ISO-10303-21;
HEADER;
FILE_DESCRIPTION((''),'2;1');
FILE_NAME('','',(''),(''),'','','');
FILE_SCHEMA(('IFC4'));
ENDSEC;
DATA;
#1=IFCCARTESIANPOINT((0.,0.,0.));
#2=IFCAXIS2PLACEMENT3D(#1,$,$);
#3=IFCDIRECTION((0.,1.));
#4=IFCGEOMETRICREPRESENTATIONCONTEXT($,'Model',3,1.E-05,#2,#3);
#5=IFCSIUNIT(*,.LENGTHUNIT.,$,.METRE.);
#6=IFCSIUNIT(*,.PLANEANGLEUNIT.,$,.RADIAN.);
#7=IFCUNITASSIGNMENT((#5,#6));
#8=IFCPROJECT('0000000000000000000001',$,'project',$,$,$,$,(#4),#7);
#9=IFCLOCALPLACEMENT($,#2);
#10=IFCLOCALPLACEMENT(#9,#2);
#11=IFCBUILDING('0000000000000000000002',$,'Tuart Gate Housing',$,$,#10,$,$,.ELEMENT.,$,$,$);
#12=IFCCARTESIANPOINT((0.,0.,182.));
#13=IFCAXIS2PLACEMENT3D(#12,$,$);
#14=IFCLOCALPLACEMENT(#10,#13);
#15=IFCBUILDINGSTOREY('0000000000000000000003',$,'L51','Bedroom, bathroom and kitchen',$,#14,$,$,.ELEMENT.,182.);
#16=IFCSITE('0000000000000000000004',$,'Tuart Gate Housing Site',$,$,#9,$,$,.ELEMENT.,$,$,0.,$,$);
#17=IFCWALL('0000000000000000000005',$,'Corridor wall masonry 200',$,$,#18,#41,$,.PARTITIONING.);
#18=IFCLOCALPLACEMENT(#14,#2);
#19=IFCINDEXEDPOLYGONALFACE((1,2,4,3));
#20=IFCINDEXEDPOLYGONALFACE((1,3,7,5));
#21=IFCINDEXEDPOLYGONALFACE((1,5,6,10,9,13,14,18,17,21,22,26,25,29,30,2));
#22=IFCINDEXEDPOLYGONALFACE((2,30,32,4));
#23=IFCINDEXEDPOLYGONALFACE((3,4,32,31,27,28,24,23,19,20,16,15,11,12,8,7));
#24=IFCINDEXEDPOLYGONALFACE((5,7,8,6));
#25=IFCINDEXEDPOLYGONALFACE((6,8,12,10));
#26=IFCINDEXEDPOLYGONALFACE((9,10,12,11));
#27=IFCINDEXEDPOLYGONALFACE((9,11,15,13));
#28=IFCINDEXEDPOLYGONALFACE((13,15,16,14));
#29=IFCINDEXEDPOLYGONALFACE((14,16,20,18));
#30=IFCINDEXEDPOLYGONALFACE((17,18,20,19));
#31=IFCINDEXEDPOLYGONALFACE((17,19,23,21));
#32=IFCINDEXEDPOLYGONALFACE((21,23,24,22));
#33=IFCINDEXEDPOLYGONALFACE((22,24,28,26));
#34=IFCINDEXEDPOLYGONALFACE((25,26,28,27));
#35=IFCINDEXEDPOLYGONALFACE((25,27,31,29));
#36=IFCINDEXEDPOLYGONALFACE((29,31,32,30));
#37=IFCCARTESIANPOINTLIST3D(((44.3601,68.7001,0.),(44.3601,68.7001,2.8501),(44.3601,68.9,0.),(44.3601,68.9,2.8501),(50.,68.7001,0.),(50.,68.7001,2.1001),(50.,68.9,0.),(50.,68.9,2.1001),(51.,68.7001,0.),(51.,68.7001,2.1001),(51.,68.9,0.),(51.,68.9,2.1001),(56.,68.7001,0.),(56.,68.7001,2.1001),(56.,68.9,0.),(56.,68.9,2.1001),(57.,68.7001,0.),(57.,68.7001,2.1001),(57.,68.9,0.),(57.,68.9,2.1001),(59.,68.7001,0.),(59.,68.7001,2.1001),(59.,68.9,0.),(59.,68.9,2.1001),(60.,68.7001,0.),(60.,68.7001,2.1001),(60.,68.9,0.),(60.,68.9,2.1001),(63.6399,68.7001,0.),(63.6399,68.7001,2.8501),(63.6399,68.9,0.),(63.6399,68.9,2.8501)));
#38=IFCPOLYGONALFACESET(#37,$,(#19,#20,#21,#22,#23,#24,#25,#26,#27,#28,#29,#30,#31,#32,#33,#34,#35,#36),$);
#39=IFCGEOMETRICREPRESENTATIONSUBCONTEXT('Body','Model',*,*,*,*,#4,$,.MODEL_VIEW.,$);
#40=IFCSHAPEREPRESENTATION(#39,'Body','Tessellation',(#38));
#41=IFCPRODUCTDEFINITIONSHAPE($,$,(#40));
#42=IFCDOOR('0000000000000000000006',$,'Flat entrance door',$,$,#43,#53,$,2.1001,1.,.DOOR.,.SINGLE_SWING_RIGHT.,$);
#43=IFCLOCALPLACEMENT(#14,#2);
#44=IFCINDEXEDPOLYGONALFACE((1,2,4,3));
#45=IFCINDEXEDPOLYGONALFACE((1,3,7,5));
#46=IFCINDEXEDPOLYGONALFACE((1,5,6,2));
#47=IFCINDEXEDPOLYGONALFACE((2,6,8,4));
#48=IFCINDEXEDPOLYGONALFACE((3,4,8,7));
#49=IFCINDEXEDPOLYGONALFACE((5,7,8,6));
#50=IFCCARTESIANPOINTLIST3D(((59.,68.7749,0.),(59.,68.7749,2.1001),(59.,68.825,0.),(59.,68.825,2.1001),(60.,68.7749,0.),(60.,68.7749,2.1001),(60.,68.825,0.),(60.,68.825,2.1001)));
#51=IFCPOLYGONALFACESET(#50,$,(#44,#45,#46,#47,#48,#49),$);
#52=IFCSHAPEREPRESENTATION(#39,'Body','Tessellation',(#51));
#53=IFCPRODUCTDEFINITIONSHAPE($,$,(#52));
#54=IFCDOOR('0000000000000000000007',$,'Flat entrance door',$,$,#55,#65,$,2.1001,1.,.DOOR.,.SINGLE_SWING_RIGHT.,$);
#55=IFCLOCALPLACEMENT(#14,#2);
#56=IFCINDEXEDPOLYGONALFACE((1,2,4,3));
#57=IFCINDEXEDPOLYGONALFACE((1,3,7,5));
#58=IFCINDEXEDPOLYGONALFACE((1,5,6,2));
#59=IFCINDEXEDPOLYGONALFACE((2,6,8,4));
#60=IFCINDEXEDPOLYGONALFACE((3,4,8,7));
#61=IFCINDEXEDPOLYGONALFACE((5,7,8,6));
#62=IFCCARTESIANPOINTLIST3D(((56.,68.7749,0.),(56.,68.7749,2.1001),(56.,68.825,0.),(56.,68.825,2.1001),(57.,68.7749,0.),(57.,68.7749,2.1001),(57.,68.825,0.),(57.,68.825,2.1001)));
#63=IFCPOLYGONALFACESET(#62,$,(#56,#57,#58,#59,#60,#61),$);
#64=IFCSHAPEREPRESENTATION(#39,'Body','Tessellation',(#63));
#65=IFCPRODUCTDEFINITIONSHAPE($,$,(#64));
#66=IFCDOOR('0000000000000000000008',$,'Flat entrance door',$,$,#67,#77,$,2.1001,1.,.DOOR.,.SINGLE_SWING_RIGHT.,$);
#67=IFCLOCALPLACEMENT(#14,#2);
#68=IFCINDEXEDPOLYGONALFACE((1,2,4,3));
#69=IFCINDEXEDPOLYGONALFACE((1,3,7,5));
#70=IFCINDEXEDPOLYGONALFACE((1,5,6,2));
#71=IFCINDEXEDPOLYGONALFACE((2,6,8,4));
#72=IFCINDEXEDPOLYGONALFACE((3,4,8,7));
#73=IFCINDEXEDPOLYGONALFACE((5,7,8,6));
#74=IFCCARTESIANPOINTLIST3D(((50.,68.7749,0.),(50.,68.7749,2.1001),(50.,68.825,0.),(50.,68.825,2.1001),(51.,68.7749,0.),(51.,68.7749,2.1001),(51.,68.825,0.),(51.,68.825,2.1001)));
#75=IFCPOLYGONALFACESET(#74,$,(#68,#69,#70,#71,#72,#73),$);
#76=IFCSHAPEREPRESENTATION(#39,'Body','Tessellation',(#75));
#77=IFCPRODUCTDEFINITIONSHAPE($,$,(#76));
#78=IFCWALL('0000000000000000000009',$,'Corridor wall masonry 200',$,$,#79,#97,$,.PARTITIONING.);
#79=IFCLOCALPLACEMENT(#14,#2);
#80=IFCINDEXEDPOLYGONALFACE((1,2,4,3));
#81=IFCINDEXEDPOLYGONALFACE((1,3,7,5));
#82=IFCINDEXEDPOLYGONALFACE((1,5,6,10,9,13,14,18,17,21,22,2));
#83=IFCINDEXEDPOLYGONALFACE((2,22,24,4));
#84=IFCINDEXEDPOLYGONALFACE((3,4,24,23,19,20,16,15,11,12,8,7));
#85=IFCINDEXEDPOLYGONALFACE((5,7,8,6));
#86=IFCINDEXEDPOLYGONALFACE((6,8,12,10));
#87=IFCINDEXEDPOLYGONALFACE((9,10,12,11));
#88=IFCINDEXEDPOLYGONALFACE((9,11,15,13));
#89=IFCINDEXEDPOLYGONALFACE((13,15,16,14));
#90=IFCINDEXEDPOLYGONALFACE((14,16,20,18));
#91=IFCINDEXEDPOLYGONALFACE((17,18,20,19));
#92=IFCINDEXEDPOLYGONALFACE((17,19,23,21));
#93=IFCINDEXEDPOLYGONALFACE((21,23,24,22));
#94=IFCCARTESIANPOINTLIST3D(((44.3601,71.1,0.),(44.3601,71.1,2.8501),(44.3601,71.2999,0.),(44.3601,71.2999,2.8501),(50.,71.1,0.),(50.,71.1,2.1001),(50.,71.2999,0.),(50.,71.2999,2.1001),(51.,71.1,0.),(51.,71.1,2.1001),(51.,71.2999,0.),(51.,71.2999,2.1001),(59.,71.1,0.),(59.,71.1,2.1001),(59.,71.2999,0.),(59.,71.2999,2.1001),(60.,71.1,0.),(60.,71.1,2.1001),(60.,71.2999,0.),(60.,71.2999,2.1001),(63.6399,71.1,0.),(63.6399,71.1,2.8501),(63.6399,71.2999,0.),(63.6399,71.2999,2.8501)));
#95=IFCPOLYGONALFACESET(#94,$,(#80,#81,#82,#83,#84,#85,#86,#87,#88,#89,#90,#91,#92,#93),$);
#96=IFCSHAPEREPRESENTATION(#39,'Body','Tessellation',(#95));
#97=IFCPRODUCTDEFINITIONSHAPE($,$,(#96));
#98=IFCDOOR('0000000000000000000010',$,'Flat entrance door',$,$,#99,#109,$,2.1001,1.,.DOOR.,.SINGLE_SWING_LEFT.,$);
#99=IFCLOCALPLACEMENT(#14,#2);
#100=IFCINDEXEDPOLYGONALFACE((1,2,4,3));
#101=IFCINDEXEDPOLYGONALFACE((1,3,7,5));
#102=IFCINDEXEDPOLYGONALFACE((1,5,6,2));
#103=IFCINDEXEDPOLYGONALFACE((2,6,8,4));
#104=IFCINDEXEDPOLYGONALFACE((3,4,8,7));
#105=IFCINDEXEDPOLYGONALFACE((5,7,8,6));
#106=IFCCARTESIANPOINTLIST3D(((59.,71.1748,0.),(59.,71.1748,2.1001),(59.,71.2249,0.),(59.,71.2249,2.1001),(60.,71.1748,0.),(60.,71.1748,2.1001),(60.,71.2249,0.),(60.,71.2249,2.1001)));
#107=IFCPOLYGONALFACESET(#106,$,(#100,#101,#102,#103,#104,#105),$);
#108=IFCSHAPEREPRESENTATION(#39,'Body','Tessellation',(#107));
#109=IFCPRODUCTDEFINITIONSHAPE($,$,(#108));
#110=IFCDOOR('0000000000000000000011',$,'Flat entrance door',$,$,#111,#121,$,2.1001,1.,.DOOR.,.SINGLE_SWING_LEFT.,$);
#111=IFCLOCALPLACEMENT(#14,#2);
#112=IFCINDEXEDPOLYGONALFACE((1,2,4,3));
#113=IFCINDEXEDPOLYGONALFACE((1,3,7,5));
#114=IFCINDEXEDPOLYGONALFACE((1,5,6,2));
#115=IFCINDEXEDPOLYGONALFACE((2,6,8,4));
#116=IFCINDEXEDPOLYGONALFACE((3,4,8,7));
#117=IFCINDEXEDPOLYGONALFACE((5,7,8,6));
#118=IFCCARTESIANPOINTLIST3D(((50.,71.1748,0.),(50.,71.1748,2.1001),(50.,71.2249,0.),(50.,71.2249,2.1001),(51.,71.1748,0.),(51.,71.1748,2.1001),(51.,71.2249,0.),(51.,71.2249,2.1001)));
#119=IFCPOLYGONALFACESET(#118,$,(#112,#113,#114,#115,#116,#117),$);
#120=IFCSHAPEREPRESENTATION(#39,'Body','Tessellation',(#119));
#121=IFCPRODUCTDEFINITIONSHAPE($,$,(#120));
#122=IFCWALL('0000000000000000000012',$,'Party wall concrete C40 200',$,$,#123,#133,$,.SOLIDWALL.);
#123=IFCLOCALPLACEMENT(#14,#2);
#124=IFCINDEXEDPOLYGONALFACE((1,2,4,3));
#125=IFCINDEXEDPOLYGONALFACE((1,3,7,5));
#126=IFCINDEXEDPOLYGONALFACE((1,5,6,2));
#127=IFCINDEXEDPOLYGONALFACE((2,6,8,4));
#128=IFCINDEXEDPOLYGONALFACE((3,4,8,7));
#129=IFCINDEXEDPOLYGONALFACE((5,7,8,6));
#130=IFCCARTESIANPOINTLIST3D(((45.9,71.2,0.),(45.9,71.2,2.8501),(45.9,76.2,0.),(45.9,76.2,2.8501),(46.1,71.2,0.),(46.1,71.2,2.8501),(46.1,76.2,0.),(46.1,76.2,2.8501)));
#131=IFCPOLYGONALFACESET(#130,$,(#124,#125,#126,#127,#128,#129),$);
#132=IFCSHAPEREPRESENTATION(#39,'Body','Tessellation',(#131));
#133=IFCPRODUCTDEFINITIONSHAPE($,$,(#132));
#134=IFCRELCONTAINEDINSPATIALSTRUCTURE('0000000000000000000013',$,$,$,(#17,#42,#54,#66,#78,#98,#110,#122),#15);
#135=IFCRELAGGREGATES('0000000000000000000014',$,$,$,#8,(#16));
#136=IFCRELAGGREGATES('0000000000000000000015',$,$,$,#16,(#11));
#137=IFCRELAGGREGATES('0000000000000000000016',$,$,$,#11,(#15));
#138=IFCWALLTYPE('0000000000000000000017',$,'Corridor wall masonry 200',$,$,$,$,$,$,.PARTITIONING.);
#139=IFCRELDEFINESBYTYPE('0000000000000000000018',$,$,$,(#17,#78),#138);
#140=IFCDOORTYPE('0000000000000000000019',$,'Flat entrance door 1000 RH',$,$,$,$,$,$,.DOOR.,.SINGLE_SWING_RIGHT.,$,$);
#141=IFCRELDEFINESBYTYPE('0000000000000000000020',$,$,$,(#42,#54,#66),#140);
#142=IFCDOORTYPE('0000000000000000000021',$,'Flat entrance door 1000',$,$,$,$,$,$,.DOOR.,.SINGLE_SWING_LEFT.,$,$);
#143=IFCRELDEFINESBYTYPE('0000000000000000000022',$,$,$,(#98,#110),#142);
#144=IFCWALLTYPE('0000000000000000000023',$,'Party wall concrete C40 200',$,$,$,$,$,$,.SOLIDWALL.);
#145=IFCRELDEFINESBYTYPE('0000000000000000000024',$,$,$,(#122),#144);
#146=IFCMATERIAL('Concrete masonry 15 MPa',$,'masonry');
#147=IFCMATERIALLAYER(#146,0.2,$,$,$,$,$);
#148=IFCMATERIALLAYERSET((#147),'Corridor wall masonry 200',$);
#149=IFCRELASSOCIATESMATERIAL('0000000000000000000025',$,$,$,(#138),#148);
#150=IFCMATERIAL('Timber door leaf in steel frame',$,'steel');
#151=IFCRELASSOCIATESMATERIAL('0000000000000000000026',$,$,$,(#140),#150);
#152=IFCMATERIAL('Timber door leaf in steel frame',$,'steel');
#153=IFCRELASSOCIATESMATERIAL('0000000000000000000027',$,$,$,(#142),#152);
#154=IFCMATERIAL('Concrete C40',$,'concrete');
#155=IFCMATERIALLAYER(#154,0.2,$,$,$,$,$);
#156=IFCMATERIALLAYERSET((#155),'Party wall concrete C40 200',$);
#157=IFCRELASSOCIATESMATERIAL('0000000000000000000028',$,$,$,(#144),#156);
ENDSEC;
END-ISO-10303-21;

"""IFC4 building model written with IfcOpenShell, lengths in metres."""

from ifc_helpers import new_model, si_unit, direction, frame, frame_2d, origin, place, context, subcontext, project, spatial, rectangle, extrude, material, layer, layer_set, type_object, element, fill, save


model = new_model("IFC4")

# Units and contexts
model_context = context("Model", 3, precision=1e-05, world=origin(), true_north=direction((0.0, 1.0)))
body_context = subcontext(model_context, "Body", "Model", "MODEL_VIEW")
ifc_project = project(units=[si_unit("LENGTHUNIT", "METRE"), si_unit("PLANEANGLEUNIT", "RADIAN")], contexts=[model_context])

# Site, building, storey
site_placement = place(None, origin())
site = spatial("IfcSite", under=ifc_project, at=site_placement, Name="Tuart Gate Housing Site", CompositionType="ELEMENT", RefElevation=0.0)
building_placement = place(site_placement, origin())
building = spatial("IfcBuilding", under=site, at=building_placement, Name="Tuart Gate Housing", CompositionType="ELEMENT")
storey_placement = place(building_placement, frame((0.0, 0.0, 182.0)))
storey = spatial("IfcBuildingStorey", under=building, at=storey_placement, Name="L51", Description="Bedroom, bathroom and kitchen", CompositionType="ELEMENT", Elevation=182.0)

# Walls, openings, doors
ifc_material_1 = material(Name="Concrete masonry 15 MPa", Category="masonry")
ifc_layer_1 = layer(ifc_material_1, 0.2)
ifc_layer_set_1 = layer_set([ifc_layer_1], Name="Corridor wall masonry 200")
wall_type_1 = type_object("IfcWallType", Name="Corridor wall masonry 200", PredefinedType="PARTITIONING", material=ifc_layer_set_1)
wall_1_placement = place(storey_placement, frame((44.3601, 68.8, 0.0), z_axis=(0.0, 0.0, 1.0), x_axis=(1.0, 0.0, 0.0)))
wall_1 = element("IfcWall", 1, at=wall_1_placement, inside=storey, type_object=wall_type_1, Name="Corridor wall masonry 200", PredefinedType="PARTITIONING", context=body_context, shape_type="SweptSolid", body=[
    extrude(rectangle(XDim=19.2798, YDim=0.2, at=frame_2d((9.6399, 0.0))), origin(), (0.0, 0.0, 1.0), 2.8501),
])
opening_1_placement = place(wall_1_placement, frame((14.6399, 0.0, 0.0)))
opening_1 = element("IfcOpeningElement", 2, at=opening_1_placement, cuts=wall_1, PredefinedType="OPENING", context=body_context, shape_type="SweptSolid", body=[
    extrude(rectangle(XDim=1.0, YDim=2.1001, at=frame_2d((0.5, 1.05))), frame((0.0, 0.1099, 0.0), z_axis=(0.0, -1.0, 0.0), x_axis=(1.0, 0.0, 0.0)), (0.0, 0.0, 1.0), 0.22),
])
opening_2_placement = place(wall_1_placement, frame((11.6399, 0.0, 0.0)))
opening_2 = element("IfcOpeningElement", 3, at=opening_2_placement, cuts=wall_1, PredefinedType="OPENING", context=body_context, shape_type="SweptSolid", body=[
    extrude(rectangle(XDim=1.0, YDim=2.1001, at=frame_2d((0.5, 1.05))), frame((0.0, 0.1099, 0.0), z_axis=(0.0, -1.0, 0.0), x_axis=(1.0, 0.0, 0.0)), (0.0, 0.0, 1.0), 0.22),
])
opening_3_placement = place(wall_1_placement, frame((5.6399, 0.0, 0.0)))
opening_3 = element("IfcOpeningElement", 4, at=opening_3_placement, cuts=wall_1, PredefinedType="OPENING", context=body_context, shape_type="SweptSolid", body=[
    extrude(rectangle(XDim=1.0, YDim=2.1001, at=frame_2d((0.5, 1.05))), frame((0.0, 0.1099, 0.0), z_axis=(0.0, -1.0, 0.0), x_axis=(1.0, 0.0, 0.0)), (0.0, 0.0, 1.0), 0.22),
])
ifc_material_2 = material(Name="Timber door leaf in steel frame", Category="steel")
door_type_1 = type_object("IfcDoorType", Name="Flat entrance door 1000 RH", OperationType="SINGLE_SWING_RIGHT", PredefinedType="DOOR", material=ifc_material_2)
door_1_placement = place(opening_1_placement, frame((1.0, 0.0, 0.0), z_axis=(0.0, 0.0, 1.0), x_axis=(-1.0, 0.0, 0.0)))
door_1 = element("IfcDoor", 5, at=door_1_placement, inside=storey, type_object=door_type_1, Name="Flat entrance door", OperationType="SINGLE_SWING_RIGHT", OverallHeight=2.1001, OverallWidth=1.0, PredefinedType="DOOR", context=body_context, shape_type="SweptSolid", body=[
    extrude(rectangle(XDim=1.0, YDim=2.1001, at=frame_2d((0.5, 1.05))), frame((0.0, 0.0251, 0.0), z_axis=(0.0, -1.0, 0.0), x_axis=(1.0, 0.0, 0.0)), (0.0, 0.0, 1.0), 0.05),
])
fill(opening_1, door_1)
door_2_placement = place(opening_2_placement, frame((1.0, 0.0, 0.0), z_axis=(0.0, 0.0, 1.0), x_axis=(-1.0, 0.0, 0.0)))
door_2 = element("IfcDoor", 6, at=door_2_placement, inside=storey, type_object=door_type_1, Name="Flat entrance door", OperationType="SINGLE_SWING_RIGHT", OverallHeight=2.1001, OverallWidth=1.0, PredefinedType="DOOR", context=body_context, shape_type="SweptSolid", body=[
    extrude(rectangle(XDim=1.0, YDim=2.1001, at=frame_2d((0.5, 1.05))), frame((0.0, 0.0251, 0.0), z_axis=(0.0, -1.0, 0.0), x_axis=(1.0, 0.0, 0.0)), (0.0, 0.0, 1.0), 0.05),
])
fill(opening_2, door_2)
door_3_placement = place(opening_3_placement, frame((1.0, 0.0, 0.0), z_axis=(0.0, 0.0, 1.0), x_axis=(-1.0, 0.0, 0.0)))
door_3 = element("IfcDoor", 7, at=door_3_placement, inside=storey, type_object=door_type_1, Name="Flat entrance door", OperationType="SINGLE_SWING_RIGHT", OverallHeight=2.1001, OverallWidth=1.0, PredefinedType="DOOR", context=body_context, shape_type="SweptSolid", body=[
    extrude(rectangle(XDim=1.0, YDim=2.1001, at=frame_2d((0.5, 1.05))), frame((0.0, 0.0251, 0.0), z_axis=(0.0, -1.0, 0.0), x_axis=(1.0, 0.0, 0.0)), (0.0, 0.0, 1.0), 0.05),
])
fill(opening_3, door_3)
wall_2_placement = place(storey_placement, frame((44.3601, 71.2, 0.0), z_axis=(0.0, 0.0, 1.0), x_axis=(1.0, 0.0, 0.0)))
wall_2 = element("IfcWall", 8, at=wall_2_placement, inside=storey, type_object=wall_type_1, Name="Corridor wall masonry 200", PredefinedType="PARTITIONING", context=body_context, shape_type="SweptSolid", body=[
    extrude(rectangle(XDim=19.2798, YDim=0.2, at=frame_2d((9.6399, 0.0))), origin(), (0.0, 0.0, 1.0), 2.8501),
])
opening_4_placement = place(wall_2_placement, frame((14.6399, 0.0, 0.0)))
opening_4 = element("IfcOpeningElement", 9, at=opening_4_placement, cuts=wall_2, PredefinedType="OPENING", context=body_context, shape_type="SweptSolid", body=[
    extrude(rectangle(XDim=1.0, YDim=2.1001, at=frame_2d((0.5, 1.05))), frame((0.0, 0.1099, 0.0), z_axis=(0.0, -1.0, 0.0), x_axis=(1.0, 0.0, 0.0)), (0.0, 0.0, 1.0), 0.22),
])
opening_5_placement = place(wall_2_placement, frame((5.6399, 0.0, 0.0)))
opening_5 = element("IfcOpeningElement", 10, at=opening_5_placement, cuts=wall_2, PredefinedType="OPENING", context=body_context, shape_type="SweptSolid", body=[
    extrude(rectangle(XDim=1.0, YDim=2.1001, at=frame_2d((0.5, 1.05))), frame((0.0, 0.1099, 0.0), z_axis=(0.0, -1.0, 0.0), x_axis=(1.0, 0.0, 0.0)), (0.0, 0.0, 1.0), 0.22),
])
ifc_material_3 = material(Name="Timber door leaf in steel frame", Category="steel")
door_type_2 = type_object("IfcDoorType", Name="Flat entrance door 1000", OperationType="SINGLE_SWING_LEFT", PredefinedType="DOOR", material=ifc_material_3)
door_4_placement = place(opening_4_placement, origin())
door_4 = element("IfcDoor", 11, at=door_4_placement, inside=storey, type_object=door_type_2, Name="Flat entrance door", OperationType="SINGLE_SWING_LEFT", OverallHeight=2.1001, OverallWidth=1.0, PredefinedType="DOOR", context=body_context, shape_type="SweptSolid", body=[
    extrude(rectangle(XDim=1.0, YDim=2.1001, at=frame_2d((0.5, 1.05))), frame((0.0, 0.0249, 0.0), z_axis=(0.0, -1.0, 0.0), x_axis=(1.0, 0.0, 0.0)), (0.0, 0.0, 1.0), 0.05),
])
fill(opening_4, door_4)
door_5_placement = place(opening_5_placement, origin())
door_5 = element("IfcDoor", 12, at=door_5_placement, inside=storey, type_object=door_type_2, Name="Flat entrance door", OperationType="SINGLE_SWING_LEFT", OverallHeight=2.1001, OverallWidth=1.0, PredefinedType="DOOR", context=body_context, shape_type="SweptSolid", body=[
    extrude(rectangle(XDim=1.0, YDim=2.1001, at=frame_2d((0.5, 1.05))), frame((0.0, 0.0249, 0.0), z_axis=(0.0, -1.0, 0.0), x_axis=(1.0, 0.0, 0.0)), (0.0, 0.0, 1.0), 0.05),
])
fill(opening_5, door_5)

# Wall
ifc_material_4 = material(Name="Concrete C40", Category="concrete")
ifc_layer_2 = layer(ifc_material_4, 0.2)
ifc_layer_set_2 = layer_set([ifc_layer_2], Name="Party wall concrete C40 200")
wall_type_2 = type_object("IfcWallType", Name="Party wall concrete C40 200", PredefinedType="SOLIDWALL", material=ifc_layer_set_2)
wall_3_placement = place(storey_placement, frame((46.0, 71.2, 0.0), z_axis=(0.0, 0.0, 1.0), x_axis=(0.0, 1.0, 0.0)))
element("IfcWall", 13, at=wall_3_placement, inside=storey, type_object=wall_type_2, Name="Party wall concrete C40 200", PredefinedType="SOLIDWALL", context=body_context, shape_type="SweptSolid", body=[
    extrude(rectangle(XDim=5.0, YDim=0.2, at=frame_2d((2.5, 0.0))), origin(), (0.0, 0.0, 1.0), 2.8501),
])

save(model, "model.ifc")
